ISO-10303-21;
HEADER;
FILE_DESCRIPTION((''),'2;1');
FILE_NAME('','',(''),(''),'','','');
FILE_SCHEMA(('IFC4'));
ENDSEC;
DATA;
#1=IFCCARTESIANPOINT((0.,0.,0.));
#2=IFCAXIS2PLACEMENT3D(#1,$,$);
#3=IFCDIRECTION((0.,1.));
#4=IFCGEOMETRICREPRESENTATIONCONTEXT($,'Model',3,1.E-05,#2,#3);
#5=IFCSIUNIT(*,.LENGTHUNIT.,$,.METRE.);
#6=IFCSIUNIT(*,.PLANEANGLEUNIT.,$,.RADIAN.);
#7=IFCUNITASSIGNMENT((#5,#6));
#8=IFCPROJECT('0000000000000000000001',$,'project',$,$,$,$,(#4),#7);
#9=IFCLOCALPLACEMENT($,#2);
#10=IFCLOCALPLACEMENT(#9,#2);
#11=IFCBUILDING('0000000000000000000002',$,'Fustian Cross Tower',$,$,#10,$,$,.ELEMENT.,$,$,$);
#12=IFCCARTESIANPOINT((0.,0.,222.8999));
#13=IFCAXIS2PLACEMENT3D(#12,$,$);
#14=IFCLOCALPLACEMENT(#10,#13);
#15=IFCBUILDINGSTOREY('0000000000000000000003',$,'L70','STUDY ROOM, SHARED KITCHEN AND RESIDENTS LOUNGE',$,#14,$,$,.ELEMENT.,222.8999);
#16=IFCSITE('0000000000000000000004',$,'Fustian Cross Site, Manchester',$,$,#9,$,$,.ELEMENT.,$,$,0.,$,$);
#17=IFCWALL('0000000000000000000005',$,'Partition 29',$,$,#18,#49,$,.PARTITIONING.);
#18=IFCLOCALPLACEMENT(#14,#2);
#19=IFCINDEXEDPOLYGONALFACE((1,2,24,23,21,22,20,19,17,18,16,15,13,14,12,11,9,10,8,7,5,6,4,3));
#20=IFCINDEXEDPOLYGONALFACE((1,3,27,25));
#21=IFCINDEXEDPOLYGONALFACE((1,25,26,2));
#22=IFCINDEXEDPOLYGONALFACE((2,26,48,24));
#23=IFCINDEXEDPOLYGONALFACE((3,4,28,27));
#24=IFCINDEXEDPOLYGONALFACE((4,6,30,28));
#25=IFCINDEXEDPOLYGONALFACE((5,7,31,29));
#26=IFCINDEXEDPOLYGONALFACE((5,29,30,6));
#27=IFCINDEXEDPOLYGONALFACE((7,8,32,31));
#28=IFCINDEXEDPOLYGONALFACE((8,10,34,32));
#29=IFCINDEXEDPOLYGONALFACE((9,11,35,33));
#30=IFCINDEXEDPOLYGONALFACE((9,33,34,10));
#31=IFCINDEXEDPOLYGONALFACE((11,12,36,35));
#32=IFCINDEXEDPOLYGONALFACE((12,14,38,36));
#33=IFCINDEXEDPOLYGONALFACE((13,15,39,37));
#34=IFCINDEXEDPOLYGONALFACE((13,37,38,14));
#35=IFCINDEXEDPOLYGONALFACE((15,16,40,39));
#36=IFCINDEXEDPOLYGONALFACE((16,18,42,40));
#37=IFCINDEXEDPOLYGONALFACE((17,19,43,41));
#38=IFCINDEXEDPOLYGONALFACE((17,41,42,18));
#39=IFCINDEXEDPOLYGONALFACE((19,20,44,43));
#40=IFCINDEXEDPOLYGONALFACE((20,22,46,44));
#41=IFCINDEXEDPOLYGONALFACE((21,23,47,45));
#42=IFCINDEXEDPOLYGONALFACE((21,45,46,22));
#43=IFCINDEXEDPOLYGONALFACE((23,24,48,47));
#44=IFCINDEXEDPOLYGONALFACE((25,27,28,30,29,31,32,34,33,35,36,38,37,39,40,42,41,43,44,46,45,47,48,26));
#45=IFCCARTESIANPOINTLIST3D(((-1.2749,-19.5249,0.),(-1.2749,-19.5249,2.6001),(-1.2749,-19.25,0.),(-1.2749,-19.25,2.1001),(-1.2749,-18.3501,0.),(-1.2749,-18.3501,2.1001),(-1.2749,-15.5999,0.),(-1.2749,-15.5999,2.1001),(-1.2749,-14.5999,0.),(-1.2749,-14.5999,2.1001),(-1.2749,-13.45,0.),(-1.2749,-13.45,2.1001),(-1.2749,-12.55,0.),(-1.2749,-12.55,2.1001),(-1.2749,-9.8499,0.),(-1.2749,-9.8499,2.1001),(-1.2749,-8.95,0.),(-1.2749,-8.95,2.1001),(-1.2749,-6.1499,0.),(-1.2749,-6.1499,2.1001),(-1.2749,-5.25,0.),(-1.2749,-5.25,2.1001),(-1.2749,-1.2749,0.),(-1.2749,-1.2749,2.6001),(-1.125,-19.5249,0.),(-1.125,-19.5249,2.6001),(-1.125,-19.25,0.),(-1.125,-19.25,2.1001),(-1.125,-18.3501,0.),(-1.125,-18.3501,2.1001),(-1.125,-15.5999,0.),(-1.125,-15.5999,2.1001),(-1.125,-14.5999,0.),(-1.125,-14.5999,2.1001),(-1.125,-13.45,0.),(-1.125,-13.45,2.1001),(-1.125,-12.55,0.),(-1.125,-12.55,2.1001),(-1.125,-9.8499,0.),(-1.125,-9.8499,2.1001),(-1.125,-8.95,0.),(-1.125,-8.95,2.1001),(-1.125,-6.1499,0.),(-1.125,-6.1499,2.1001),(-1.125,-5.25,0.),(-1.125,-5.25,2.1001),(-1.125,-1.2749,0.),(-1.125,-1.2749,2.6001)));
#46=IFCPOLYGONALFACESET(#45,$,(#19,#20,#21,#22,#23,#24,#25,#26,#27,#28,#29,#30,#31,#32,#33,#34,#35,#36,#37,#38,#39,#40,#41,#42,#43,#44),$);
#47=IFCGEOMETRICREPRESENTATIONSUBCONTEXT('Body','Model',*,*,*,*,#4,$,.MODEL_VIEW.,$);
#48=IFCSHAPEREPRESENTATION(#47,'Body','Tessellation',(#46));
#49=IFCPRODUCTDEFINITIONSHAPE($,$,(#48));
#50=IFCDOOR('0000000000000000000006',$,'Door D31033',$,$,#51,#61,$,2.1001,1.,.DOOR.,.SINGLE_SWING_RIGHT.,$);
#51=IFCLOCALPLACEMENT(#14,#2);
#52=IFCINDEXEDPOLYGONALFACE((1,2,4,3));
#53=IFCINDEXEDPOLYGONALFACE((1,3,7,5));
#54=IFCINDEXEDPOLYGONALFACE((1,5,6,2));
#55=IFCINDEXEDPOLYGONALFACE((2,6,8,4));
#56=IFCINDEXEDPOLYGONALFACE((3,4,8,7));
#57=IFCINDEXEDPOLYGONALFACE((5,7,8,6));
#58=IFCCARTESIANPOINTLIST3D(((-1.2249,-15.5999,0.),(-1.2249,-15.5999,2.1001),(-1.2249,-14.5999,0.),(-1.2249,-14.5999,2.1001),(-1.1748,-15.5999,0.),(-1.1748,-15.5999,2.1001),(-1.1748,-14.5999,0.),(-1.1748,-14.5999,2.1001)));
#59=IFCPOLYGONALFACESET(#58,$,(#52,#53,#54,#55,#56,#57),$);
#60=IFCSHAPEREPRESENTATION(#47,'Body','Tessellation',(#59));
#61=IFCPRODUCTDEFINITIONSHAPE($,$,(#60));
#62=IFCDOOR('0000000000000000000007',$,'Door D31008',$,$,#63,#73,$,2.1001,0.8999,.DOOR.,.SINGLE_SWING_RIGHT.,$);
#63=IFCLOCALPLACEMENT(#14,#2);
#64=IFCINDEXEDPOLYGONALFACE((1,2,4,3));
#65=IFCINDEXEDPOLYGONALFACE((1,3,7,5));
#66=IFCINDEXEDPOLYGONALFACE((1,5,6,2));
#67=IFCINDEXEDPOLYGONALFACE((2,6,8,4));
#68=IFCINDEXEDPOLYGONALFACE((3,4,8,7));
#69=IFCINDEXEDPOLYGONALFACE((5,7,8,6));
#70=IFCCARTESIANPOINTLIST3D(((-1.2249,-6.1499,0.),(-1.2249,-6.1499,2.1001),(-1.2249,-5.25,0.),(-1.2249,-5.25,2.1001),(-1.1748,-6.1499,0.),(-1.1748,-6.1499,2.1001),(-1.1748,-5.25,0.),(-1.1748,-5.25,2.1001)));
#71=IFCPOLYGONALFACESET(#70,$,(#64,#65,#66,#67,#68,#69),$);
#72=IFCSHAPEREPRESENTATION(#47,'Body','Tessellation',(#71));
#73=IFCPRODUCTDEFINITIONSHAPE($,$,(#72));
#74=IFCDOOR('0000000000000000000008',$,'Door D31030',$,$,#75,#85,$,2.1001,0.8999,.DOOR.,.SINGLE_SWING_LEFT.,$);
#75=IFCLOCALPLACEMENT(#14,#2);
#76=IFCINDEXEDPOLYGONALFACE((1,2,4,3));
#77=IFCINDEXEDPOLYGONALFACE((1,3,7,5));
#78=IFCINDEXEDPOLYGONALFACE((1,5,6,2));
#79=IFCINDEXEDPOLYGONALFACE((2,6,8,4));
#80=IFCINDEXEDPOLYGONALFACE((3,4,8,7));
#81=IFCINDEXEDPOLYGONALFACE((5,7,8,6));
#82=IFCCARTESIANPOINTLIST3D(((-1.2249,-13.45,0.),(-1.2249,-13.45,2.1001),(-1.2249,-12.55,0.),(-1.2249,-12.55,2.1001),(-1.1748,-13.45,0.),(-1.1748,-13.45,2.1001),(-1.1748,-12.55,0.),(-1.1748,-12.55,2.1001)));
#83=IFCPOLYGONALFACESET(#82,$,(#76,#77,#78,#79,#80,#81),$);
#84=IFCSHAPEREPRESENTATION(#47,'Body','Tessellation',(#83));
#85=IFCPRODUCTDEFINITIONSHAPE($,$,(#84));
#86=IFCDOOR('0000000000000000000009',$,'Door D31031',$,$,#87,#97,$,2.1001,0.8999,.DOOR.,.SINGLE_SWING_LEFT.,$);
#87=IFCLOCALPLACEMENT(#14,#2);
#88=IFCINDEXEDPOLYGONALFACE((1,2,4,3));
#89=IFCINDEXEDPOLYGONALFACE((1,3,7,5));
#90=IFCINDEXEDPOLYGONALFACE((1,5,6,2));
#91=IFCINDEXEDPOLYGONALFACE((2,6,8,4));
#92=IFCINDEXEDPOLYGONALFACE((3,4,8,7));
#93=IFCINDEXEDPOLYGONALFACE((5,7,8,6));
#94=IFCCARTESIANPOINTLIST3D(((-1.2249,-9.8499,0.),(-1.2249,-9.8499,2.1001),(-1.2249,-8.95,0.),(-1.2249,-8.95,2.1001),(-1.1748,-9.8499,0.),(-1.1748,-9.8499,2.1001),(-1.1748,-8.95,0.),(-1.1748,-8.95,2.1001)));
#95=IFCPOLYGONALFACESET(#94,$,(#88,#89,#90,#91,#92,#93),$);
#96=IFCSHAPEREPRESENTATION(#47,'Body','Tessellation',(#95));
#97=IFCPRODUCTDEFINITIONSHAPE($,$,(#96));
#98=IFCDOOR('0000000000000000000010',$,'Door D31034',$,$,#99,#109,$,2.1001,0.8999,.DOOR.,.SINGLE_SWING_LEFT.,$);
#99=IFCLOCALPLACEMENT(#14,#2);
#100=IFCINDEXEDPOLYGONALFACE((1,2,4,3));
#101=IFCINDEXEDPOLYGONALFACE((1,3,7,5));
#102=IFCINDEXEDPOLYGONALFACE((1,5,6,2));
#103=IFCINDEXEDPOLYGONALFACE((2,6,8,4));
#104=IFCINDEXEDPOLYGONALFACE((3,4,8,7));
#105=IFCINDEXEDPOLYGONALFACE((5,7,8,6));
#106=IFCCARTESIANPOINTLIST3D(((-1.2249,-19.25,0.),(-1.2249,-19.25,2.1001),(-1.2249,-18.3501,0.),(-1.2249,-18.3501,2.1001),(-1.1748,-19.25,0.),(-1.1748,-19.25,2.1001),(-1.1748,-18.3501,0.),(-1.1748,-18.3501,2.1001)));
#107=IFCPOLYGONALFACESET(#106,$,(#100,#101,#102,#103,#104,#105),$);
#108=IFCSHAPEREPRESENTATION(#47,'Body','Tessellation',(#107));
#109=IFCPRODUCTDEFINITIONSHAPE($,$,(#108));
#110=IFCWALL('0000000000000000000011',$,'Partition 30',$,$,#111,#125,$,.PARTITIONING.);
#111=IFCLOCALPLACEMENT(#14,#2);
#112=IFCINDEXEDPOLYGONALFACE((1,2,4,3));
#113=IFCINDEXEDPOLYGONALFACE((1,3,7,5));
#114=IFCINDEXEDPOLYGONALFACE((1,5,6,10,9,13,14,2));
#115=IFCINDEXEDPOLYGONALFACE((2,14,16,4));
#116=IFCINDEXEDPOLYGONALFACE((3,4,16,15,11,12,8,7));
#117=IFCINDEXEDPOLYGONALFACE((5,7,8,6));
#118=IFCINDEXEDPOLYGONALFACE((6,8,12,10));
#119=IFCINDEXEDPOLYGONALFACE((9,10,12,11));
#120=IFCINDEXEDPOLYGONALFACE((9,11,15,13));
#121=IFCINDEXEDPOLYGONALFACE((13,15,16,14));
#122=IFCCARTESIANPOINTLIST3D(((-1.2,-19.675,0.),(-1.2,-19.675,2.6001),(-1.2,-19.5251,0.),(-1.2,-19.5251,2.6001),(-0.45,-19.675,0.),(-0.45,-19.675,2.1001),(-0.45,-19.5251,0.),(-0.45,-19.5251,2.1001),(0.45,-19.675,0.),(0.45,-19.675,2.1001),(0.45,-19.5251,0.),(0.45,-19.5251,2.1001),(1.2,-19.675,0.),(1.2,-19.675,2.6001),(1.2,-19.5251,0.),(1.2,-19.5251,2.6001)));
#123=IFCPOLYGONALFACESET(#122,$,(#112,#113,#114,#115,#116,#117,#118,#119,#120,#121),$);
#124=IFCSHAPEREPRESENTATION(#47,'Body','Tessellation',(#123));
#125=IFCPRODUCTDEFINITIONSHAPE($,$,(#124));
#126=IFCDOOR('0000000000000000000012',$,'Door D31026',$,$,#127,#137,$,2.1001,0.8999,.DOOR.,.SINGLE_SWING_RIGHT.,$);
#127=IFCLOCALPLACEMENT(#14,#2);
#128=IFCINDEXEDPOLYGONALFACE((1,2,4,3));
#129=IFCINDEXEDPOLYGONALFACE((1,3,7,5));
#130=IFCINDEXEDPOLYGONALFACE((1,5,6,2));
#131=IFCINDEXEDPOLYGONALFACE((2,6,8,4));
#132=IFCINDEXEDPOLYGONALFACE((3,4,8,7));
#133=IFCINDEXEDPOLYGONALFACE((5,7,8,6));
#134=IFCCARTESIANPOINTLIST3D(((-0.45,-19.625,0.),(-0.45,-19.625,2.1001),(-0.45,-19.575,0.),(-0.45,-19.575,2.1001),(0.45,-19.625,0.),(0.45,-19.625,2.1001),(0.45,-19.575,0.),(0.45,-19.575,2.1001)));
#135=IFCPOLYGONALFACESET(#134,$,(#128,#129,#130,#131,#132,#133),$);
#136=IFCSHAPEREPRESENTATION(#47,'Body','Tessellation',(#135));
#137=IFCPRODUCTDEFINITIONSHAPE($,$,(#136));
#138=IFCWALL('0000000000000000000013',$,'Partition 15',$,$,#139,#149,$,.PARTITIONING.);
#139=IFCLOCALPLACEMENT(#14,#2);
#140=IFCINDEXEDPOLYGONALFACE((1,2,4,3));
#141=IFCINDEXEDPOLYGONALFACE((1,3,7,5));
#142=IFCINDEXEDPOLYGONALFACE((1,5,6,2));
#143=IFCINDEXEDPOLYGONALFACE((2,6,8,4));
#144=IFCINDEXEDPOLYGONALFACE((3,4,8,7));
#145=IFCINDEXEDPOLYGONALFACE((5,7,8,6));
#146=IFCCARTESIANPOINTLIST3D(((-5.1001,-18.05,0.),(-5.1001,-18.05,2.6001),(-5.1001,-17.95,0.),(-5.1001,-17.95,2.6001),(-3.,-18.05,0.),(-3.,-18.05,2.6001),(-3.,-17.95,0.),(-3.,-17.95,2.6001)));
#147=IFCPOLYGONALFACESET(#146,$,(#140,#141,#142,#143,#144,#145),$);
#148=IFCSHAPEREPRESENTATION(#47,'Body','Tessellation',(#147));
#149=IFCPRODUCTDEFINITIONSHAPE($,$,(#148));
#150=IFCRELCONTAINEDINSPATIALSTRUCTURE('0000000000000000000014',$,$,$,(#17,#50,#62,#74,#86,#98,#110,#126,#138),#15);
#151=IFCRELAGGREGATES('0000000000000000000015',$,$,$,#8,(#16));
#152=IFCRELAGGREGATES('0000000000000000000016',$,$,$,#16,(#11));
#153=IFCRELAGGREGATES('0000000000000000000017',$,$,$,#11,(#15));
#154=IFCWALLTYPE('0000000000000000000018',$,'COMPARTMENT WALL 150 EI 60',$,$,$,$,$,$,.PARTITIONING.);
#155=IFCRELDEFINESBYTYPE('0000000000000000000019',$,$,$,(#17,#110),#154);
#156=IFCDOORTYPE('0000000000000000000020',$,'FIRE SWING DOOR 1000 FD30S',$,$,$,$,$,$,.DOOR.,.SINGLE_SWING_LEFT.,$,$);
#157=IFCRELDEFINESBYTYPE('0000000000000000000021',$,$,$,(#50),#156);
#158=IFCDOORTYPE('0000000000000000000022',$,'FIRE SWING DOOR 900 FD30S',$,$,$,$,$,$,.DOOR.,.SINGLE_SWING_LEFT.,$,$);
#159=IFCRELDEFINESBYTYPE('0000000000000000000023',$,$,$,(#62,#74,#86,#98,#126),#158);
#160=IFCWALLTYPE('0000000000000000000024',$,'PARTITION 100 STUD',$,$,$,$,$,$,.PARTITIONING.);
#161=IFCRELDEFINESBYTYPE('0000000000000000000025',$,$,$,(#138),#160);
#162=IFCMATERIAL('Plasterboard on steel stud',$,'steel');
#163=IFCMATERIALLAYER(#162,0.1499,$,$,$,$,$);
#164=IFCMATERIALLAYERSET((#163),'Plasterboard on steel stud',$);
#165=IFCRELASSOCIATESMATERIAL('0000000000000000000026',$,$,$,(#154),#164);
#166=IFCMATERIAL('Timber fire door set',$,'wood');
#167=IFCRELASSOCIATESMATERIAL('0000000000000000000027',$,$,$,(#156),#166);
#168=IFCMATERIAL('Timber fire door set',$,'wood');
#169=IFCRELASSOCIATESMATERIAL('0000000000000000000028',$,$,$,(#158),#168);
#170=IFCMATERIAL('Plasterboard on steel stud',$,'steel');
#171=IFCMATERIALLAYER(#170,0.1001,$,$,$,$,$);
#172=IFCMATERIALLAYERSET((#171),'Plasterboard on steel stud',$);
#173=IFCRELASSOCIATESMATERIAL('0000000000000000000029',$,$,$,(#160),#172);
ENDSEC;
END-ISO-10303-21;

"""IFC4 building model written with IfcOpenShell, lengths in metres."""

from ifc_helpers import new_model, si_unit, direction, frame, frame_2d, origin, place, context, subcontext, project, spatial, rectangle, extrude, material, layer, layer_set, type_object, element, fill, save


model = new_model("IFC4")

# Units and contexts
model_context = context("Model", 3, precision=1e-05, world=origin(), true_north=direction((0.0, 1.0)))
body_context = subcontext(model_context, "Body", "Model", "MODEL_VIEW")
ifc_project = project(units=[si_unit("LENGTHUNIT", "METRE"), si_unit("PLANEANGLEUNIT", "RADIAN")], contexts=[model_context])

# Site, building, storey
site_placement = place(None, origin())
site = spatial("IfcSite", under=ifc_project, at=site_placement, Name="Fustian Cross Site, Manchester", CompositionType="ELEMENT", RefElevation=0.0)
building_placement = place(site_placement, origin())
building = spatial("IfcBuilding", under=site, at=building_placement, Name="Fustian Cross Tower", CompositionType="ELEMENT")
storey_placement = place(building_placement, frame((0.0, 0.0, 222.8999)))
storey = spatial("IfcBuildingStorey", under=building, at=storey_placement, Name="L70", Description="STUDY ROOM, SHARED KITCHEN AND RESIDENTS LOUNGE", CompositionType="ELEMENT", Elevation=222.8999)

# Wall, openings, doors
ifc_material_1 = material(Name="Plasterboard on steel stud", Category="steel")
ifc_layer_1 = layer(ifc_material_1, 0.1499)
ifc_layer_set_1 = layer_set([ifc_layer_1], Name="Plasterboard on steel stud")
wall_type_1 = type_object("IfcWallType", Name="COMPARTMENT WALL 150 EI 60", PredefinedType="PARTITIONING", material=ifc_layer_set_1)
wall_1_placement = place(storey_placement, frame((-1.2, -19.5249, 0.0), z_axis=(0.0, 0.0, 1.0), x_axis=(0.0, 1.0, 0.0)))
wall_1 = element("IfcWall", 1, at=wall_1_placement, inside=storey, type_object=wall_type_1, Name="Partition 29", PredefinedType="PARTITIONING", context=body_context, shape_type="SweptSolid", body=[
    extrude(rectangle(XDim=18.25, YDim=0.1499, at=frame_2d((9.125, 0.0))), origin(), (0.0, 0.0, 1.0), 2.6001),
])
opening_1_placement = place(wall_1_placement, frame((13.375, 0.0, 0.0)))
opening_1 = element("IfcOpeningElement", 2, at=opening_1_placement, cuts=wall_1, PredefinedType="OPENING", context=body_context, shape_type="SweptSolid", body=[
    extrude(rectangle(XDim=0.8999, YDim=2.1001, at=frame_2d((0.45, 1.05))), frame((0.0, 0.085, 0.0), z_axis=(0.0, -1.0, 0.0), x_axis=(1.0, 0.0, 0.0)), (0.0, 0.0, 1.0), 0.1699),
])
opening_2_placement = place(wall_1_placement, frame((6.075, 0.0, 0.0)))
opening_2 = element("IfcOpeningElement", 3, at=opening_2_placement, cuts=wall_1, PredefinedType="OPENING", context=body_context, shape_type="SweptSolid", body=[
    extrude(rectangle(XDim=0.8999, YDim=2.1001, at=frame_2d((0.45, 1.05))), frame((0.0, 0.085, 0.0), z_axis=(0.0, -1.0, 0.0), x_axis=(1.0, 0.0, 0.0)), (0.0, 0.0, 1.0), 0.1699),
])
opening_3_placement = place(wall_1_placement, frame((9.675, 0.0, 0.0)))
opening_3 = element("IfcOpeningElement", 4, at=opening_3_placement, cuts=wall_1, PredefinedType="OPENING", context=body_context, shape_type="SweptSolid", body=[
    extrude(rectangle(XDim=0.8999, YDim=2.1001, at=frame_2d((0.45, 1.05))), frame((0.0, 0.085, 0.0), z_axis=(0.0, -1.0, 0.0), x_axis=(1.0, 0.0, 0.0)), (0.0, 0.0, 1.0), 0.1699),
])
opening_4_placement = place(wall_1_placement, frame((3.925, 0.0, 0.0)))
opening_4 = element("IfcOpeningElement", 5, at=opening_4_placement, cuts=wall_1, PredefinedType="OPENING", context=body_context, shape_type="SweptSolid", body=[
    extrude(rectangle(XDim=1.0, YDim=2.1001, at=frame_2d((0.5, 1.05))), frame((0.0, 0.085, 0.0), z_axis=(0.0, -1.0, 0.0), x_axis=(1.0, 0.0, 0.0)), (0.0, 0.0, 1.0), 0.1699),
])
opening_5_placement = place(wall_1_placement, frame((0.2749, 0.0, 0.0)))
opening_5 = element("IfcOpeningElement", 6, at=opening_5_placement, cuts=wall_1, PredefinedType="OPENING", context=body_context, shape_type="SweptSolid", body=[
    extrude(rectangle(XDim=0.8999, YDim=2.1001, at=frame_2d((0.45, 1.05))), frame((0.0, 0.085, 0.0), z_axis=(0.0, -1.0, 0.0), x_axis=(1.0, 0.0, 0.0)), (0.0, 0.0, 1.0), 0.1699),
])
ifc_material_2 = material(Name="Timber fire door set", Category="wood")
door_type_1 = type_object("IfcDoorType", Name="FIRE SWING DOOR 1000 FD30S", OperationType="SINGLE_SWING_LEFT", PredefinedType="DOOR", material=ifc_material_2)
door_1_placement = place(opening_4_placement, origin())
door_1 = element("IfcDoor", 7, at=door_1_placement, inside=storey, type_object=door_type_1, Name="Door D31033", OperationType="SINGLE_SWING_RIGHT", OverallHeight=2.1001, OverallWidth=1.0, PredefinedType="DOOR", context=body_context, shape_type="SweptSolid", body=[
    extrude(rectangle(XDim=1.0, YDim=2.1001, at=frame_2d((0.5, 1.05))), frame((0.0, 0.0249, 0.0), z_axis=(0.0, -1.0, 0.0), x_axis=(1.0, 0.0, 0.0)), (0.0, 0.0, 1.0), 0.05),
])
fill(opening_4, door_1)
ifc_material_3 = material(Name="Timber fire door set", Category="wood")
door_type_2 = type_object("IfcDoorType", Name="FIRE SWING DOOR 900 FD30S", OperationType="SINGLE_SWING_LEFT", PredefinedType="DOOR", material=ifc_material_3)
door_2_placement = place(opening_1_placement, origin())
door_2 = element("IfcDoor", 8, at=door_2_placement, inside=storey, type_object=door_type_2, Name="Door D31008", OperationType="SINGLE_SWING_RIGHT", OverallHeight=2.1001, OverallWidth=0.8999, PredefinedType="DOOR", context=body_context, shape_type="SweptSolid", body=[
    extrude(rectangle(XDim=0.8999, YDim=2.1001, at=frame_2d((0.45, 1.05))), frame((0.0, 0.0249, 0.0), z_axis=(0.0, -1.0, 0.0), x_axis=(1.0, 0.0, 0.0)), (0.0, 0.0, 1.0), 0.05),
])
fill(opening_1, door_2)
door_3_placement = place(opening_2_placement, origin())
door_3 = element("IfcDoor", 9, at=door_3_placement, inside=storey, type_object=door_type_2, Name="Door D31030", OperationType="SINGLE_SWING_LEFT", OverallHeight=2.1001, OverallWidth=0.8999, PredefinedType="DOOR", context=body_context, shape_type="SweptSolid", body=[
    extrude(rectangle(XDim=0.8999, YDim=2.1001, at=frame_2d((0.45, 1.05))), frame((0.0, 0.0249, 0.0), z_axis=(0.0, -1.0, 0.0), x_axis=(1.0, 0.0, 0.0)), (0.0, 0.0, 1.0), 0.05),
])
fill(opening_2, door_3)
door_4_placement = place(opening_3_placement, origin())
door_4 = element("IfcDoor", 10, at=door_4_placement, inside=storey, type_object=door_type_2, Name="Door D31031", OperationType="SINGLE_SWING_LEFT", OverallHeight=2.1001, OverallWidth=0.8999, PredefinedType="DOOR", context=body_context, shape_type="SweptSolid", body=[
    extrude(rectangle(XDim=0.8999, YDim=2.1001, at=frame_2d((0.45, 1.05))), frame((0.0, 0.0249, 0.0), z_axis=(0.0, -1.0, 0.0), x_axis=(1.0, 0.0, 0.0)), (0.0, 0.0, 1.0), 0.05),
])
fill(opening_3, door_4)
door_5_placement = place(opening_5_placement, origin())
door_5 = element("IfcDoor", 11, at=door_5_placement, inside=storey, type_object=door_type_2, Name="Door D31034", OperationType="SINGLE_SWING_LEFT", OverallHeight=2.1001, OverallWidth=0.8999, PredefinedType="DOOR", context=body_context, shape_type="SweptSolid", body=[
    extrude(rectangle(XDim=0.8999, YDim=2.1001, at=frame_2d((0.45, 1.05))), frame((0.0, 0.0249, 0.0), z_axis=(0.0, -1.0, 0.0), x_axis=(1.0, 0.0, 0.0)), (0.0, 0.0, 1.0), 0.05),
])
fill(opening_5, door_5)

# Wall, opening, door
wall_2_placement = place(storey_placement, frame((-1.2, -19.6001, 0.0), z_axis=(0.0, 0.0, 1.0), x_axis=(1.0, 0.0, 0.0)))
wall_2 = element("IfcWall", 12, at=wall_2_placement, inside=storey, type_object=wall_type_1, Name="Partition 30", PredefinedType="PARTITIONING", context=body_context, shape_type="SweptSolid", body=[
    extrude(rectangle(XDim=2.3999, YDim=0.1499, at=frame_2d((1.2, 0.0))), origin(), (0.0, 0.0, 1.0), 2.6001),
])
opening_6_placement = place(wall_2_placement, frame((0.75, 0.0, 0.0)))
opening_6 = element("IfcOpeningElement", 13, at=opening_6_placement, cuts=wall_2, PredefinedType="OPENING", context=body_context, shape_type="SweptSolid", body=[
    extrude(rectangle(XDim=0.8999, YDim=2.1001, at=frame_2d((0.45, 1.05))), frame((0.0, 0.085, 0.0), z_axis=(0.0, -1.0, 0.0), x_axis=(1.0, 0.0, 0.0)), (0.0, 0.0, 1.0), 0.1699),
])
door_6_placement = place(opening_6_placement, frame((0.8999, 0.0, 0.0), z_axis=(0.0, 0.0, 1.0), x_axis=(-1.0, 0.0, 0.0)))
door_6 = element("IfcDoor", 14, at=door_6_placement, inside=storey, type_object=door_type_2, Name="Door D31026", OperationType="SINGLE_SWING_RIGHT", OverallHeight=2.1001, OverallWidth=0.8999, PredefinedType="DOOR", context=body_context, shape_type="SweptSolid", body=[
    extrude(rectangle(XDim=0.8999, YDim=2.1001, at=frame_2d((0.45, 1.05))), frame((0.0, 0.0249, 0.0), z_axis=(0.0, -1.0, 0.0), x_axis=(1.0, 0.0, 0.0)), (0.0, 0.0, 1.0), 0.05),
])
fill(opening_6, door_6)

# Wall
ifc_material_4 = material(Name="Plasterboard on steel stud", Category="steel")
ifc_layer_2 = layer(ifc_material_4, 0.1001)
ifc_layer_set_2 = layer_set([ifc_layer_2], Name="Plasterboard on steel stud")
wall_type_2 = type_object("IfcWallType", Name="PARTITION 100 STUD", PredefinedType="PARTITIONING", material=ifc_layer_set_2)
wall_3_placement = place(storey_placement, frame((-5.1001, -18.0, 0.0), z_axis=(0.0, 0.0, 1.0), x_axis=(1.0, 0.0, 0.0)))
element("IfcWall", 15, at=wall_3_placement, inside=storey, type_object=wall_type_2, Name="Partition 15", PredefinedType="PARTITIONING", context=body_context, shape_type="SweptSolid", body=[
    extrude(rectangle(XDim=2.1001, YDim=0.1001, at=frame_2d((1.05, 0.0))), origin(), (0.0, 0.0, 1.0), 2.6001),
])

save(model, "model.ifc")
